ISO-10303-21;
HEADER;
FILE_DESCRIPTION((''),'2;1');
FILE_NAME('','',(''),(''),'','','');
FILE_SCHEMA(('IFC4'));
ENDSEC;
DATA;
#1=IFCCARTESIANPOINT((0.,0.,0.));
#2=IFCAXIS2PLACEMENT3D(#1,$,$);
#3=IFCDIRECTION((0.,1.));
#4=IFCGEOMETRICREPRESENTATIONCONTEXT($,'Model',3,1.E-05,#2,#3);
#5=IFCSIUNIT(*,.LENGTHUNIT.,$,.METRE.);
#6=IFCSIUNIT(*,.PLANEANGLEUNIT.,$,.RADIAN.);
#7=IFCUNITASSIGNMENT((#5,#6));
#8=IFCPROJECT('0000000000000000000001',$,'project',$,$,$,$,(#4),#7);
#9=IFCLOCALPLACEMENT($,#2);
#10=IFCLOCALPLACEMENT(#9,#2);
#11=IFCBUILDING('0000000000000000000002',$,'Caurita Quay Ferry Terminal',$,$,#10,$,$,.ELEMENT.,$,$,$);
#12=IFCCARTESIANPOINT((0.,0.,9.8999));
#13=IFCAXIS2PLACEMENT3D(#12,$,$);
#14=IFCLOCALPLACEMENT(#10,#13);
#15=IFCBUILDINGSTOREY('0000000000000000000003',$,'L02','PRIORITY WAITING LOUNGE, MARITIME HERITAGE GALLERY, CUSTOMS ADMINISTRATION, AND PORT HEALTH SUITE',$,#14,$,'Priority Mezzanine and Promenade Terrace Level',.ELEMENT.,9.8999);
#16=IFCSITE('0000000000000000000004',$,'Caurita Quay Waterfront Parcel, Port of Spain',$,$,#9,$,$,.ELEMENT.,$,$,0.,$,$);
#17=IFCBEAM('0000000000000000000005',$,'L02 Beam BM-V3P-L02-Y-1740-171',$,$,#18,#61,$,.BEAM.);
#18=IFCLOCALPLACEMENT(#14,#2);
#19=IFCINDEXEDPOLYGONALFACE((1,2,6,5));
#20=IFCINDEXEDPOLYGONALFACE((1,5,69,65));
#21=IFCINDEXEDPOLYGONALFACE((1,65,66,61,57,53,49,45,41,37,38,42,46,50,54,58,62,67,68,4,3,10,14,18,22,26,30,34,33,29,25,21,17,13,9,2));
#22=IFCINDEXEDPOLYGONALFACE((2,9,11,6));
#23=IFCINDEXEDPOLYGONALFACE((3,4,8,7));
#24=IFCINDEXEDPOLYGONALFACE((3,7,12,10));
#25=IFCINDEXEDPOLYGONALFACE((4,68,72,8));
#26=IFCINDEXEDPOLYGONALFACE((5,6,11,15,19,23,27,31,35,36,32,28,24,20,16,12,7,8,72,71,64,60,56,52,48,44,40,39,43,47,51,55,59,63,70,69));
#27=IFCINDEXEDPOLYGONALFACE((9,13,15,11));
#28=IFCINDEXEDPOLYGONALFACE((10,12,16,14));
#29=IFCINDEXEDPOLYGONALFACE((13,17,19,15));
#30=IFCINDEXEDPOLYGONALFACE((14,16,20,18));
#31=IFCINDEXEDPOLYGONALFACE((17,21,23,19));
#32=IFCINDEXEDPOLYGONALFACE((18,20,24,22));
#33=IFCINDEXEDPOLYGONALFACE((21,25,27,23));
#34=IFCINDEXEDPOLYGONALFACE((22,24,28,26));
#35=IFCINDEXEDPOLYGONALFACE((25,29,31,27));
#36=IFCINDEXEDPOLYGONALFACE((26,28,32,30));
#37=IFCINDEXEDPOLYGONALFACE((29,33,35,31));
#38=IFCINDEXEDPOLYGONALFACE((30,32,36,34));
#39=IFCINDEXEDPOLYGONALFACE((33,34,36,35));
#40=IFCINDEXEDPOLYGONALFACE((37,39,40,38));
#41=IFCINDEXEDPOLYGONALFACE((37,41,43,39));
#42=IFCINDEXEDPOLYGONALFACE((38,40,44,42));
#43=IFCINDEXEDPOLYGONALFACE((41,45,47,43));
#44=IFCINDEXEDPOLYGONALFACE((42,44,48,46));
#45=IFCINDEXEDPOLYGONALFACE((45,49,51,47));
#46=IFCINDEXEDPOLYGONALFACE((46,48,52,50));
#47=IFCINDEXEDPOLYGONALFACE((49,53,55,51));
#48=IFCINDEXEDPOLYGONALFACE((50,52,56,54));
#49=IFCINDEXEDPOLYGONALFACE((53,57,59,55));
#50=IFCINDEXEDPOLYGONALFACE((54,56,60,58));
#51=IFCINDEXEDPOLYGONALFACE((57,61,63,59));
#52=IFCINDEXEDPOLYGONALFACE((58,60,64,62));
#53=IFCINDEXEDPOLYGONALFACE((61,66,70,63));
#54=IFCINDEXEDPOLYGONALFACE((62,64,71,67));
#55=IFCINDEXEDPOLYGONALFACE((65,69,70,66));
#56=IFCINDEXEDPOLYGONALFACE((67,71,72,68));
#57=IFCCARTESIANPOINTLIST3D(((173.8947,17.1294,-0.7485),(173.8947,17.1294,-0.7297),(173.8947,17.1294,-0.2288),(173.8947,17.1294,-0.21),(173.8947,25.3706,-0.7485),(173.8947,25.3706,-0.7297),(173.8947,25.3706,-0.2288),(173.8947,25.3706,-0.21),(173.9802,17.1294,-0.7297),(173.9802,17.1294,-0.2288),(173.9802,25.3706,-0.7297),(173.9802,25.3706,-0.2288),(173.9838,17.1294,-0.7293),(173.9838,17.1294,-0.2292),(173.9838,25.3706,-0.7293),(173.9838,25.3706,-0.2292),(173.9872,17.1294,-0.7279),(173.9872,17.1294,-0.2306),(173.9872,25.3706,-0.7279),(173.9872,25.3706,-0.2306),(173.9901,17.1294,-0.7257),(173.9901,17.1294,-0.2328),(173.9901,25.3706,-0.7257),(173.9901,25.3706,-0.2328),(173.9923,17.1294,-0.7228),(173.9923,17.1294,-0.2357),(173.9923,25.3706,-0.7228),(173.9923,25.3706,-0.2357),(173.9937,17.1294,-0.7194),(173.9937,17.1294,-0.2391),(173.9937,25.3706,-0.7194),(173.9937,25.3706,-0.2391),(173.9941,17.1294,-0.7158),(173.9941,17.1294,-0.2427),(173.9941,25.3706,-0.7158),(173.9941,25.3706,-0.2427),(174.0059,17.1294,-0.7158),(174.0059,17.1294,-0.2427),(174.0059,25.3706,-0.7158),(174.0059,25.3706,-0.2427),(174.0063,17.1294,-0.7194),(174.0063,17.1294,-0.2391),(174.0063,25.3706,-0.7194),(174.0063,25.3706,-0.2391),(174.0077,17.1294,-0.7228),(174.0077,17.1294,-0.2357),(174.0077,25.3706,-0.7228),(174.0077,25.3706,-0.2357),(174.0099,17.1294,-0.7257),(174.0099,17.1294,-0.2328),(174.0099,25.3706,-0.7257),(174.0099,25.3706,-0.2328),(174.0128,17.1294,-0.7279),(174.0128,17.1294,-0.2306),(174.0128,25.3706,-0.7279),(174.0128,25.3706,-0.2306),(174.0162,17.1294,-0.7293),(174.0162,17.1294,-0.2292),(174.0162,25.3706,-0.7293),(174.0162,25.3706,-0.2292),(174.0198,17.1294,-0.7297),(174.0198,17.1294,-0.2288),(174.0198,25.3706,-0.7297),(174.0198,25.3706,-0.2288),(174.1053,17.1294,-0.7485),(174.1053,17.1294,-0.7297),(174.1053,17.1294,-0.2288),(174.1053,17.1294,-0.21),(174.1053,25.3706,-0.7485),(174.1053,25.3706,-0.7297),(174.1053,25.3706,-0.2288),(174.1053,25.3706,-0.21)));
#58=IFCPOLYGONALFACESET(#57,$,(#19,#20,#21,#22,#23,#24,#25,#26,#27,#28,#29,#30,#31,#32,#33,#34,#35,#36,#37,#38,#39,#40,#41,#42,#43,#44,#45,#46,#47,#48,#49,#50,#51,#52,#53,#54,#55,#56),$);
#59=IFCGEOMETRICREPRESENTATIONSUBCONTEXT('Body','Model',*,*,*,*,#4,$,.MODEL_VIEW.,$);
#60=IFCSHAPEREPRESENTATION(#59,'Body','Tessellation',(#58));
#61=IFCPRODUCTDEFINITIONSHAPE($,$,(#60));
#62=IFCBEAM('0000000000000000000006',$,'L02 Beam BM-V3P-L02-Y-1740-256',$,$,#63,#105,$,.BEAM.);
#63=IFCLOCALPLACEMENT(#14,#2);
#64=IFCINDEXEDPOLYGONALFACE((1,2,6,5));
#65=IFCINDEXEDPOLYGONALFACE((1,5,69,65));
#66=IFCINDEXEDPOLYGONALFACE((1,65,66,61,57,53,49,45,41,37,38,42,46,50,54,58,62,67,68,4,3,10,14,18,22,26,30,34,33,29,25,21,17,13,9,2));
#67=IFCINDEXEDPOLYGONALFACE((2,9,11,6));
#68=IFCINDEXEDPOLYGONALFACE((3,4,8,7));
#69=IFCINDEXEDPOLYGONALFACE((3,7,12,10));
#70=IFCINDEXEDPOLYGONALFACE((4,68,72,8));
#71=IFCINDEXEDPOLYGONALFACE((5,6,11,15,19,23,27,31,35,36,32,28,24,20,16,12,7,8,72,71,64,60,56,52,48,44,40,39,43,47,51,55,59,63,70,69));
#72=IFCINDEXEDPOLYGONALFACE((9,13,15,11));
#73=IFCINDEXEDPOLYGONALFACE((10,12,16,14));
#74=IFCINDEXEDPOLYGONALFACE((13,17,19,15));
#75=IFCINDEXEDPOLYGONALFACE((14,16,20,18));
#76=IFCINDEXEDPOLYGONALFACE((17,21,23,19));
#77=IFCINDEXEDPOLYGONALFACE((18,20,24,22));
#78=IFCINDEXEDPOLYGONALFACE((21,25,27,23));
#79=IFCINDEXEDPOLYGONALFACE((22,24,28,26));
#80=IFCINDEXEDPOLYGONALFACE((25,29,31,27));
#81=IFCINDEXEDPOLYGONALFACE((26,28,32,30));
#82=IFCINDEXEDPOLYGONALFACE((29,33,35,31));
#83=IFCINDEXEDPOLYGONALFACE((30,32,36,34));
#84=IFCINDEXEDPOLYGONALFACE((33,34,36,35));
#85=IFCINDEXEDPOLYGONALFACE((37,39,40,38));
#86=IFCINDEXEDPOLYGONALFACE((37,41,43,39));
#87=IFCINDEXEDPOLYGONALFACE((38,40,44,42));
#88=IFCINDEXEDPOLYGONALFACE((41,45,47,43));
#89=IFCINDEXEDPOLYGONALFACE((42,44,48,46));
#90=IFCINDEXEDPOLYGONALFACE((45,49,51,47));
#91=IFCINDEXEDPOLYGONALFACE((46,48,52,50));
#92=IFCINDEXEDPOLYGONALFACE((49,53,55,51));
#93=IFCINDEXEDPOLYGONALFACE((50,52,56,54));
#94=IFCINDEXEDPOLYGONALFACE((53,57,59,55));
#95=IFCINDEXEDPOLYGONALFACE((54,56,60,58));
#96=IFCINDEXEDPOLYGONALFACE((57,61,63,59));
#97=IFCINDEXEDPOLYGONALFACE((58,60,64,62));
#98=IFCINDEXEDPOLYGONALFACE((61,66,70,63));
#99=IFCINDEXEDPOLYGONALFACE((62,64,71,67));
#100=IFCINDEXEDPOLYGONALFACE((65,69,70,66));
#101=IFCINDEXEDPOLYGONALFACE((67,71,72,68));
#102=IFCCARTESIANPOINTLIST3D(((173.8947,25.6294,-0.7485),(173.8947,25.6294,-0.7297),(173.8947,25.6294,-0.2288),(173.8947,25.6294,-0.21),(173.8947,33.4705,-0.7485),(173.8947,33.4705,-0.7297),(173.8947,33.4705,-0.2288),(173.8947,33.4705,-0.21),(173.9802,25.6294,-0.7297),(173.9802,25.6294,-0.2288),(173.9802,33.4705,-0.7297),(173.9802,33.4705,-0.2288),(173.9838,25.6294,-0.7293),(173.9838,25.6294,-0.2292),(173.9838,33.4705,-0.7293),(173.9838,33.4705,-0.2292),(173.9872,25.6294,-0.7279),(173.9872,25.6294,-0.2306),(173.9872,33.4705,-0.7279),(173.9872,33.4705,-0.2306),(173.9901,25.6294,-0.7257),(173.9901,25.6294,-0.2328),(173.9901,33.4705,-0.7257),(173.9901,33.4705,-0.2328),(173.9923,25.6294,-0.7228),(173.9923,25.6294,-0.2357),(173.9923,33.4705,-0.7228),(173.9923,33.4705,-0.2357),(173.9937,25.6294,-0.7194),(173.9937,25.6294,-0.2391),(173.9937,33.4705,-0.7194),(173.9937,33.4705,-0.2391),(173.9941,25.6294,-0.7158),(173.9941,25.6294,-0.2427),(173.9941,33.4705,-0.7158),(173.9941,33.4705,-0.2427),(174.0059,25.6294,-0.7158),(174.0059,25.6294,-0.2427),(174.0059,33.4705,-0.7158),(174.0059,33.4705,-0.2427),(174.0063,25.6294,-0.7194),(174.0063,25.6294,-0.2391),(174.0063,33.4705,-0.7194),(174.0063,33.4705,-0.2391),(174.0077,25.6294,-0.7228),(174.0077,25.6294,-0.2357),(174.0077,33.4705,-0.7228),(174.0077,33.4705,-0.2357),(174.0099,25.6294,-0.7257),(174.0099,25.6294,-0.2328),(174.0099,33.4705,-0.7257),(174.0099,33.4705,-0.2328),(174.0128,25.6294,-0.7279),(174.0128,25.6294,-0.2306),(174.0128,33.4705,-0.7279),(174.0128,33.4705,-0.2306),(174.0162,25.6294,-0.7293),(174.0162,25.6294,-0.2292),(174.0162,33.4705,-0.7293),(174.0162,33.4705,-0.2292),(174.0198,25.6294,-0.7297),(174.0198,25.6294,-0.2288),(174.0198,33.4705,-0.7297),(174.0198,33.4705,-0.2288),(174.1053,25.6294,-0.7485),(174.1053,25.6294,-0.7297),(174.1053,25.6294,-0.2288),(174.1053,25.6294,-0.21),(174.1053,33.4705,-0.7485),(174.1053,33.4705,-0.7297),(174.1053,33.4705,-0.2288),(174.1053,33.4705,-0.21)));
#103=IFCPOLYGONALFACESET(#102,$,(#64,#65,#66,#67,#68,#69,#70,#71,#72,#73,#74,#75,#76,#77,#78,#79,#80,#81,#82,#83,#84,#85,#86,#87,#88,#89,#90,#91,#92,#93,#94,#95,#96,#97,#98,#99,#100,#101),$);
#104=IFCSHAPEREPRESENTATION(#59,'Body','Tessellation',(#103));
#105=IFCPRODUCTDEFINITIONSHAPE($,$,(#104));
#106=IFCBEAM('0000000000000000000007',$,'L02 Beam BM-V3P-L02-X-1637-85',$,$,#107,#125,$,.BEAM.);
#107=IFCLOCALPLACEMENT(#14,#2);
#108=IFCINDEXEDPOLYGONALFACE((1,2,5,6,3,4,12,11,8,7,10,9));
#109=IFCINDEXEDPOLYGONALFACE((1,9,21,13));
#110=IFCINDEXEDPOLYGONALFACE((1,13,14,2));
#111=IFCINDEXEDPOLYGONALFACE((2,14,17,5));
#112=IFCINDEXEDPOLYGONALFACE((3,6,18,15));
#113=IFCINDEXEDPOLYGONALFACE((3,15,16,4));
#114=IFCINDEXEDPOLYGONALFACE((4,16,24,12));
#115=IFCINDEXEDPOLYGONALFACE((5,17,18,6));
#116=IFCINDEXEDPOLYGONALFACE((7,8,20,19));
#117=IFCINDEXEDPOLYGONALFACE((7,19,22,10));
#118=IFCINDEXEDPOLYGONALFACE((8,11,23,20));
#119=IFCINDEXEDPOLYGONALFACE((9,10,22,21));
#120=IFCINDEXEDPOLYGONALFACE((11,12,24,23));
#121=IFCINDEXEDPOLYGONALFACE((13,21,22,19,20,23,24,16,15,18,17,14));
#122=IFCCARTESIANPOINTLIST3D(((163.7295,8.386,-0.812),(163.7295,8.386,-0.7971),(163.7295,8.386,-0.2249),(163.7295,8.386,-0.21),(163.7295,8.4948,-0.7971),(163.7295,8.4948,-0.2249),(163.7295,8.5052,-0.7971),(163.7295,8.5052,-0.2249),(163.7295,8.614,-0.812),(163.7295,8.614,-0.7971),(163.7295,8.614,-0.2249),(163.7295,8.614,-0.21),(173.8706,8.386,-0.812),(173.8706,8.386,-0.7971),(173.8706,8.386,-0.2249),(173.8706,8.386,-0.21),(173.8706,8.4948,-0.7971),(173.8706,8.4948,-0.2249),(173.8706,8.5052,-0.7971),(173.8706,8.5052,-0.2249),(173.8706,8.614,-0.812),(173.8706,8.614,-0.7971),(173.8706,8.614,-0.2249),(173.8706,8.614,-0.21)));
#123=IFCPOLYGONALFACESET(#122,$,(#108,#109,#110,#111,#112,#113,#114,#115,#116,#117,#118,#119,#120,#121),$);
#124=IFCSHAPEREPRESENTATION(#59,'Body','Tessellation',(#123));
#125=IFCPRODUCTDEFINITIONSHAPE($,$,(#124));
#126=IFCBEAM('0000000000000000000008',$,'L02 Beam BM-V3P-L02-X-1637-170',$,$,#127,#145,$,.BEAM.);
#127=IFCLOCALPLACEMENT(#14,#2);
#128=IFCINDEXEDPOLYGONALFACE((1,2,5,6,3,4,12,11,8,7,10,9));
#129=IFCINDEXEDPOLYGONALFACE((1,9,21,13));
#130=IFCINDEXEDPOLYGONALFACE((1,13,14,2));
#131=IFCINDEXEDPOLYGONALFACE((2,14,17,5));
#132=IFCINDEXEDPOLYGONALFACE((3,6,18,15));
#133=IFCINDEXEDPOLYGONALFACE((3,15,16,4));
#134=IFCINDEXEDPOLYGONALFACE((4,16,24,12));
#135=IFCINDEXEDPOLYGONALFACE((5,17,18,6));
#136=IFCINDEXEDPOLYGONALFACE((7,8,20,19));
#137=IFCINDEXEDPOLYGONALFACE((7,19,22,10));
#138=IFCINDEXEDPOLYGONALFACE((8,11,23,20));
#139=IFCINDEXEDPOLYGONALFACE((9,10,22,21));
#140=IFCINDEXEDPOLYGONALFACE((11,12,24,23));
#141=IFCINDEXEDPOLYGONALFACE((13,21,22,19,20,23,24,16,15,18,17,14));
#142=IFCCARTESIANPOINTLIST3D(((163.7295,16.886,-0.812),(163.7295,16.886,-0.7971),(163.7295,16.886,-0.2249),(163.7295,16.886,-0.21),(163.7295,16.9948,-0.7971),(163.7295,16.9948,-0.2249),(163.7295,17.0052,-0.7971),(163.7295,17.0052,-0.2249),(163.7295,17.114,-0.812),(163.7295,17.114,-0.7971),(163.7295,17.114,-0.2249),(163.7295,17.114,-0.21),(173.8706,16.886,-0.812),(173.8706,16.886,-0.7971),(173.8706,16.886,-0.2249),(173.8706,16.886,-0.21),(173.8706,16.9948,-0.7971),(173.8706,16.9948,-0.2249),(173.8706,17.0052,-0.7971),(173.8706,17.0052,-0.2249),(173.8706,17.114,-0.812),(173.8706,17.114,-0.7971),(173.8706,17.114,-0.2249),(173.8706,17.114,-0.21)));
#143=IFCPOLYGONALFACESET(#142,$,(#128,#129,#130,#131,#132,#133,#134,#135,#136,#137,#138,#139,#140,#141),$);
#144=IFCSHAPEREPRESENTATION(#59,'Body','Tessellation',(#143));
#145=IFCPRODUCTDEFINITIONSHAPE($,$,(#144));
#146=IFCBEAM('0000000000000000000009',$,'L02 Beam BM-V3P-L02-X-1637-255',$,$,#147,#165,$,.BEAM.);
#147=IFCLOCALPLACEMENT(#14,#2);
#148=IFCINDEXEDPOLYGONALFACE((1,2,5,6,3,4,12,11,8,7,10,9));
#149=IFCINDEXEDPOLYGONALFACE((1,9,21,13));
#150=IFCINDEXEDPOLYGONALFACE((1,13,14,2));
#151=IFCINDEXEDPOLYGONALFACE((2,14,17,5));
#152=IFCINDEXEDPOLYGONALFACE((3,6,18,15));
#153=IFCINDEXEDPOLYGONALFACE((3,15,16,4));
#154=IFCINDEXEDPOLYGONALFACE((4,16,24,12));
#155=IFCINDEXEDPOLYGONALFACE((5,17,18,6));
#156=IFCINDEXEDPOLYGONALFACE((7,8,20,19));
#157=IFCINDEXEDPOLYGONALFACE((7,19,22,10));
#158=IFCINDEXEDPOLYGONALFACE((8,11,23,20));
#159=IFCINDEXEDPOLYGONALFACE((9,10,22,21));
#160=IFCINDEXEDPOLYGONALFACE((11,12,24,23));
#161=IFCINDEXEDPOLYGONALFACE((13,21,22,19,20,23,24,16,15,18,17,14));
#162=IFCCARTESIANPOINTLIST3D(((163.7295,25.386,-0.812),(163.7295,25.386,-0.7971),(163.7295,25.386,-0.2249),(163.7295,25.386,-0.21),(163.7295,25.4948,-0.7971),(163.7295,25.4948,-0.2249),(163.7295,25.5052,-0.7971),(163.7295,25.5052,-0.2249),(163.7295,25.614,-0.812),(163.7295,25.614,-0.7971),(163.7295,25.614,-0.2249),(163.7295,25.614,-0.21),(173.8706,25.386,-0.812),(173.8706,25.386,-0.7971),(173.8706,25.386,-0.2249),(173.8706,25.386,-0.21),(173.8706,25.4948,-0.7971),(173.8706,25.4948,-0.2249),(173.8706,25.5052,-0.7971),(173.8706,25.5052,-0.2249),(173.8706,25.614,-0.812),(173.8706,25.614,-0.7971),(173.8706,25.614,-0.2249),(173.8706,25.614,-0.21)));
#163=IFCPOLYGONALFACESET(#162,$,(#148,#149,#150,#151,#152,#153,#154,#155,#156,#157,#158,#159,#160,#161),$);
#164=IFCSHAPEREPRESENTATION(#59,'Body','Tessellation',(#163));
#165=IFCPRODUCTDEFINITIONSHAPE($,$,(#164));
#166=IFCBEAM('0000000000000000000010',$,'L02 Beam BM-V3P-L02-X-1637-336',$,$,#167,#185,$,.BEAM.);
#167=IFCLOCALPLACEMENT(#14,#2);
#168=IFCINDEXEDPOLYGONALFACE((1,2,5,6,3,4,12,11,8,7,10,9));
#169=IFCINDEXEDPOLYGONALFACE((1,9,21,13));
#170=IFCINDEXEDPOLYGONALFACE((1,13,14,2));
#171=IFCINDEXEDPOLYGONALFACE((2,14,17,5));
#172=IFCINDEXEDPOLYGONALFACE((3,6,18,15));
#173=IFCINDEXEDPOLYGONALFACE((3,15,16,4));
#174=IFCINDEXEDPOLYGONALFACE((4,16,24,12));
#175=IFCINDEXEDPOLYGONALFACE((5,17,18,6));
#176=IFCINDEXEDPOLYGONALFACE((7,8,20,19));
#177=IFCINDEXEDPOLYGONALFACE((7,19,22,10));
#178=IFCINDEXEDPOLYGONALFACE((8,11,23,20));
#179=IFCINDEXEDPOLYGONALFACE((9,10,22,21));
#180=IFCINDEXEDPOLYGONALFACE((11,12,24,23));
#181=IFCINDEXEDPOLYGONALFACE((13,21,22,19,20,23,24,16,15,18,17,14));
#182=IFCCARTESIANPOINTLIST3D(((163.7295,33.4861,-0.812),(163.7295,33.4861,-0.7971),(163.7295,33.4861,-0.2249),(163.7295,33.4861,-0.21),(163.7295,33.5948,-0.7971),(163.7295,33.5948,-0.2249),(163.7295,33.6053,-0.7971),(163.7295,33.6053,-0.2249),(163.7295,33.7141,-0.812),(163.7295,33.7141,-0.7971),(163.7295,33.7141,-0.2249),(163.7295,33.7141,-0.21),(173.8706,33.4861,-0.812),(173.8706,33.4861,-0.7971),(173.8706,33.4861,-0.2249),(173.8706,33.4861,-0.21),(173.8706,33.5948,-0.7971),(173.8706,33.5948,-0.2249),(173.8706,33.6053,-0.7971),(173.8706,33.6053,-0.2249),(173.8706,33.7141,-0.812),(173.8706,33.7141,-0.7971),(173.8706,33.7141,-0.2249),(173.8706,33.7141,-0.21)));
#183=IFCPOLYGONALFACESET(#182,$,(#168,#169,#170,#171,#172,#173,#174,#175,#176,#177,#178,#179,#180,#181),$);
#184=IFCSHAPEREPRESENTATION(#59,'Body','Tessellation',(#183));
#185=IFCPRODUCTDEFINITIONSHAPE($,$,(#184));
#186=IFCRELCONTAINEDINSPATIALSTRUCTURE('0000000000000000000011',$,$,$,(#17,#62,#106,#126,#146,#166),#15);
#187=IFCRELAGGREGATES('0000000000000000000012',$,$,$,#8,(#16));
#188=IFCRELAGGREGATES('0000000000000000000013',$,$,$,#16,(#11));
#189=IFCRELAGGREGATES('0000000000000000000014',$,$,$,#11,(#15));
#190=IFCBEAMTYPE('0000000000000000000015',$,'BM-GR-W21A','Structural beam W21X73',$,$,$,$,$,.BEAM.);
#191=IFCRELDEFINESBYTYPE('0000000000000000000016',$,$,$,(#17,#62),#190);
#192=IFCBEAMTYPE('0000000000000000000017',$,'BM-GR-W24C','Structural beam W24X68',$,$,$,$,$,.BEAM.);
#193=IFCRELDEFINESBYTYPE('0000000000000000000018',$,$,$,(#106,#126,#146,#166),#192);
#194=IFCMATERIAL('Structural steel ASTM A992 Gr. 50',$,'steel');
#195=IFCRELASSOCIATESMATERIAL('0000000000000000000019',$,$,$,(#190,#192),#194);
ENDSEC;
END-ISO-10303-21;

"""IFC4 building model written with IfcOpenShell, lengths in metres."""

from ifc_helpers import new_model, si_unit, direction, frame, origin, origin_2d, place, context, subcontext, project, spatial, i_section, extrude, material, material_profile, profile_set, type_object, element, save


model = new_model("IFC4")

# Units and contexts
model_context = context("Model", 3, precision=1e-05, world=origin(), true_north=direction((0.0, 1.0)))
body_context = subcontext(model_context, "Body", "Model", "MODEL_VIEW")
ifc_project = project(units=[si_unit("LENGTHUNIT", "METRE"), si_unit("PLANEANGLEUNIT", "RADIAN")], contexts=[model_context])

# Site, building, storey
site_placement = place(None, origin())
site = spatial("IfcSite", under=ifc_project, at=site_placement, Name="Caurita Quay Waterfront Parcel, Port of Spain", CompositionType="ELEMENT", RefElevation=0.0)
building_placement = place(site_placement, origin())
building = spatial("IfcBuilding", under=site, at=building_placement, Name="Caurita Quay Ferry Terminal", CompositionType="ELEMENT")
storey_placement = place(building_placement, frame((0.0, 0.0, 9.8999)))
storey = spatial("IfcBuildingStorey", under=building, at=storey_placement, Name="L02", Description="PRIORITY WAITING LOUNGE, MARITIME HERITAGE GALLERY, CUSTOMS ADMINISTRATION, AND PORT HEALTH SUITE", LongName="Priority Mezzanine and Promenade Terrace Level", CompositionType="ELEMENT", Elevation=9.8999)

# Beams
ifc_material_1 = material(Name="Structural steel ASTM A992 Gr. 50", Category="steel")
ifc_material_profile_1 = material_profile(ifc_material_1, i_section(OverallWidth=0.2107, OverallDepth=0.5386, WebThickness=0.0117, FlangeThickness=0.0188, FilletRadius=0.0139, at=origin_2d()), Name="W21X73")
ifc_profile_set_1 = profile_set([ifc_material_profile_1], Name="Structural steel ASTM A992 Gr. 50")
beam_type_1 = type_object("IfcBeamType", Name="BM-GR-W21A", Description="Structural beam W21X73", PredefinedType="BEAM", material=ifc_profile_set_1)
for number, where, z_axis, x_axis, name in (
    (1, (174.0, 17.1294, -0.4792), (0.0, 1.0, 0.0), (-1.0, 0.0, 0.0), "L02 Beam BM-V3P-L02-Y-1740-171"),
):
    element("IfcBeam", number, at=place(storey_placement, frame(where, z_axis=z_axis, x_axis=x_axis)), inside=storey, type_object=beam_type_1, Name=name, PredefinedType="BEAM", context=body_context, shape_type="SweptSolid", body=[
        extrude(i_section(OverallWidth=0.2107, OverallDepth=0.5386, WebThickness=0.0117, FlangeThickness=0.0188, FilletRadius=0.0139, at=origin_2d()), origin(), (0.0, 0.0, 1.0), 8.2412),
    ])
beam_1_placement = place(storey_placement, frame((174.0, 25.6294, -0.4792), z_axis=(0.0, 1.0, 0.0), x_axis=(-1.0, 0.0, 0.0)))
element("IfcBeam", 2, at=beam_1_placement, inside=storey, type_object=beam_type_1, Name="L02 Beam BM-V3P-L02-Y-1740-256", PredefinedType="BEAM", context=body_context, shape_type="SweptSolid", body=[
    extrude(i_section(OverallWidth=0.2107, OverallDepth=0.5386, WebThickness=0.0117, FlangeThickness=0.0188, FilletRadius=0.0139, at=origin_2d()), origin(), (0.0, 0.0, 1.0), 7.8411),
])
ifc_material_profile_2 = material_profile(ifc_material_1, i_section(OverallWidth=0.228, OverallDepth=0.6021, WebThickness=0.0105, FlangeThickness=0.0149, at=origin_2d()), Name="W24X68")
ifc_profile_set_2 = profile_set([ifc_material_profile_2], Name="Structural steel ASTM A992 Gr. 50")
beam_type_2 = type_object("IfcBeamType", Name="BM-GR-W24C", Description="Structural beam W24X68", PredefinedType="BEAM", material=ifc_profile_set_2)
for number, where, z_axis, x_axis, name in (
    (3, (163.7295, 8.5, -0.511), (1.0, 0.0, 0.0), (0.0, 1.0, 0.0), "L02 Beam BM-V3P-L02-X-1637-85"),
    (4, (163.7295, 17.0, -0.511), (1.0, 0.0, 0.0), (0.0, 1.0, 0.0), "L02 Beam BM-V3P-L02-X-1637-170"),
    (5, (163.7295, 25.5, -0.511), (1.0, 0.0, 0.0), (0.0, 1.0, 0.0), "L02 Beam BM-V3P-L02-X-1637-255"),
    (6, (163.7295, 33.6001, -0.511), (1.0, 0.0, 0.0), (0.0, 1.0, 0.0), "L02 Beam BM-V3P-L02-X-1637-336"),
):
    element("IfcBeam", number, at=place(storey_placement, frame(where, z_axis=z_axis, x_axis=x_axis)), inside=storey, type_object=beam_type_2, Name=name, PredefinedType="BEAM", context=body_context, shape_type="SweptSolid", body=[
        extrude(i_section(OverallWidth=0.228, OverallDepth=0.6021, WebThickness=0.0105, FlangeThickness=0.0149, at=origin_2d()), origin(), (0.0, 0.0, 1.0), 10.1411),
    ])

save(model, "model.ifc")
